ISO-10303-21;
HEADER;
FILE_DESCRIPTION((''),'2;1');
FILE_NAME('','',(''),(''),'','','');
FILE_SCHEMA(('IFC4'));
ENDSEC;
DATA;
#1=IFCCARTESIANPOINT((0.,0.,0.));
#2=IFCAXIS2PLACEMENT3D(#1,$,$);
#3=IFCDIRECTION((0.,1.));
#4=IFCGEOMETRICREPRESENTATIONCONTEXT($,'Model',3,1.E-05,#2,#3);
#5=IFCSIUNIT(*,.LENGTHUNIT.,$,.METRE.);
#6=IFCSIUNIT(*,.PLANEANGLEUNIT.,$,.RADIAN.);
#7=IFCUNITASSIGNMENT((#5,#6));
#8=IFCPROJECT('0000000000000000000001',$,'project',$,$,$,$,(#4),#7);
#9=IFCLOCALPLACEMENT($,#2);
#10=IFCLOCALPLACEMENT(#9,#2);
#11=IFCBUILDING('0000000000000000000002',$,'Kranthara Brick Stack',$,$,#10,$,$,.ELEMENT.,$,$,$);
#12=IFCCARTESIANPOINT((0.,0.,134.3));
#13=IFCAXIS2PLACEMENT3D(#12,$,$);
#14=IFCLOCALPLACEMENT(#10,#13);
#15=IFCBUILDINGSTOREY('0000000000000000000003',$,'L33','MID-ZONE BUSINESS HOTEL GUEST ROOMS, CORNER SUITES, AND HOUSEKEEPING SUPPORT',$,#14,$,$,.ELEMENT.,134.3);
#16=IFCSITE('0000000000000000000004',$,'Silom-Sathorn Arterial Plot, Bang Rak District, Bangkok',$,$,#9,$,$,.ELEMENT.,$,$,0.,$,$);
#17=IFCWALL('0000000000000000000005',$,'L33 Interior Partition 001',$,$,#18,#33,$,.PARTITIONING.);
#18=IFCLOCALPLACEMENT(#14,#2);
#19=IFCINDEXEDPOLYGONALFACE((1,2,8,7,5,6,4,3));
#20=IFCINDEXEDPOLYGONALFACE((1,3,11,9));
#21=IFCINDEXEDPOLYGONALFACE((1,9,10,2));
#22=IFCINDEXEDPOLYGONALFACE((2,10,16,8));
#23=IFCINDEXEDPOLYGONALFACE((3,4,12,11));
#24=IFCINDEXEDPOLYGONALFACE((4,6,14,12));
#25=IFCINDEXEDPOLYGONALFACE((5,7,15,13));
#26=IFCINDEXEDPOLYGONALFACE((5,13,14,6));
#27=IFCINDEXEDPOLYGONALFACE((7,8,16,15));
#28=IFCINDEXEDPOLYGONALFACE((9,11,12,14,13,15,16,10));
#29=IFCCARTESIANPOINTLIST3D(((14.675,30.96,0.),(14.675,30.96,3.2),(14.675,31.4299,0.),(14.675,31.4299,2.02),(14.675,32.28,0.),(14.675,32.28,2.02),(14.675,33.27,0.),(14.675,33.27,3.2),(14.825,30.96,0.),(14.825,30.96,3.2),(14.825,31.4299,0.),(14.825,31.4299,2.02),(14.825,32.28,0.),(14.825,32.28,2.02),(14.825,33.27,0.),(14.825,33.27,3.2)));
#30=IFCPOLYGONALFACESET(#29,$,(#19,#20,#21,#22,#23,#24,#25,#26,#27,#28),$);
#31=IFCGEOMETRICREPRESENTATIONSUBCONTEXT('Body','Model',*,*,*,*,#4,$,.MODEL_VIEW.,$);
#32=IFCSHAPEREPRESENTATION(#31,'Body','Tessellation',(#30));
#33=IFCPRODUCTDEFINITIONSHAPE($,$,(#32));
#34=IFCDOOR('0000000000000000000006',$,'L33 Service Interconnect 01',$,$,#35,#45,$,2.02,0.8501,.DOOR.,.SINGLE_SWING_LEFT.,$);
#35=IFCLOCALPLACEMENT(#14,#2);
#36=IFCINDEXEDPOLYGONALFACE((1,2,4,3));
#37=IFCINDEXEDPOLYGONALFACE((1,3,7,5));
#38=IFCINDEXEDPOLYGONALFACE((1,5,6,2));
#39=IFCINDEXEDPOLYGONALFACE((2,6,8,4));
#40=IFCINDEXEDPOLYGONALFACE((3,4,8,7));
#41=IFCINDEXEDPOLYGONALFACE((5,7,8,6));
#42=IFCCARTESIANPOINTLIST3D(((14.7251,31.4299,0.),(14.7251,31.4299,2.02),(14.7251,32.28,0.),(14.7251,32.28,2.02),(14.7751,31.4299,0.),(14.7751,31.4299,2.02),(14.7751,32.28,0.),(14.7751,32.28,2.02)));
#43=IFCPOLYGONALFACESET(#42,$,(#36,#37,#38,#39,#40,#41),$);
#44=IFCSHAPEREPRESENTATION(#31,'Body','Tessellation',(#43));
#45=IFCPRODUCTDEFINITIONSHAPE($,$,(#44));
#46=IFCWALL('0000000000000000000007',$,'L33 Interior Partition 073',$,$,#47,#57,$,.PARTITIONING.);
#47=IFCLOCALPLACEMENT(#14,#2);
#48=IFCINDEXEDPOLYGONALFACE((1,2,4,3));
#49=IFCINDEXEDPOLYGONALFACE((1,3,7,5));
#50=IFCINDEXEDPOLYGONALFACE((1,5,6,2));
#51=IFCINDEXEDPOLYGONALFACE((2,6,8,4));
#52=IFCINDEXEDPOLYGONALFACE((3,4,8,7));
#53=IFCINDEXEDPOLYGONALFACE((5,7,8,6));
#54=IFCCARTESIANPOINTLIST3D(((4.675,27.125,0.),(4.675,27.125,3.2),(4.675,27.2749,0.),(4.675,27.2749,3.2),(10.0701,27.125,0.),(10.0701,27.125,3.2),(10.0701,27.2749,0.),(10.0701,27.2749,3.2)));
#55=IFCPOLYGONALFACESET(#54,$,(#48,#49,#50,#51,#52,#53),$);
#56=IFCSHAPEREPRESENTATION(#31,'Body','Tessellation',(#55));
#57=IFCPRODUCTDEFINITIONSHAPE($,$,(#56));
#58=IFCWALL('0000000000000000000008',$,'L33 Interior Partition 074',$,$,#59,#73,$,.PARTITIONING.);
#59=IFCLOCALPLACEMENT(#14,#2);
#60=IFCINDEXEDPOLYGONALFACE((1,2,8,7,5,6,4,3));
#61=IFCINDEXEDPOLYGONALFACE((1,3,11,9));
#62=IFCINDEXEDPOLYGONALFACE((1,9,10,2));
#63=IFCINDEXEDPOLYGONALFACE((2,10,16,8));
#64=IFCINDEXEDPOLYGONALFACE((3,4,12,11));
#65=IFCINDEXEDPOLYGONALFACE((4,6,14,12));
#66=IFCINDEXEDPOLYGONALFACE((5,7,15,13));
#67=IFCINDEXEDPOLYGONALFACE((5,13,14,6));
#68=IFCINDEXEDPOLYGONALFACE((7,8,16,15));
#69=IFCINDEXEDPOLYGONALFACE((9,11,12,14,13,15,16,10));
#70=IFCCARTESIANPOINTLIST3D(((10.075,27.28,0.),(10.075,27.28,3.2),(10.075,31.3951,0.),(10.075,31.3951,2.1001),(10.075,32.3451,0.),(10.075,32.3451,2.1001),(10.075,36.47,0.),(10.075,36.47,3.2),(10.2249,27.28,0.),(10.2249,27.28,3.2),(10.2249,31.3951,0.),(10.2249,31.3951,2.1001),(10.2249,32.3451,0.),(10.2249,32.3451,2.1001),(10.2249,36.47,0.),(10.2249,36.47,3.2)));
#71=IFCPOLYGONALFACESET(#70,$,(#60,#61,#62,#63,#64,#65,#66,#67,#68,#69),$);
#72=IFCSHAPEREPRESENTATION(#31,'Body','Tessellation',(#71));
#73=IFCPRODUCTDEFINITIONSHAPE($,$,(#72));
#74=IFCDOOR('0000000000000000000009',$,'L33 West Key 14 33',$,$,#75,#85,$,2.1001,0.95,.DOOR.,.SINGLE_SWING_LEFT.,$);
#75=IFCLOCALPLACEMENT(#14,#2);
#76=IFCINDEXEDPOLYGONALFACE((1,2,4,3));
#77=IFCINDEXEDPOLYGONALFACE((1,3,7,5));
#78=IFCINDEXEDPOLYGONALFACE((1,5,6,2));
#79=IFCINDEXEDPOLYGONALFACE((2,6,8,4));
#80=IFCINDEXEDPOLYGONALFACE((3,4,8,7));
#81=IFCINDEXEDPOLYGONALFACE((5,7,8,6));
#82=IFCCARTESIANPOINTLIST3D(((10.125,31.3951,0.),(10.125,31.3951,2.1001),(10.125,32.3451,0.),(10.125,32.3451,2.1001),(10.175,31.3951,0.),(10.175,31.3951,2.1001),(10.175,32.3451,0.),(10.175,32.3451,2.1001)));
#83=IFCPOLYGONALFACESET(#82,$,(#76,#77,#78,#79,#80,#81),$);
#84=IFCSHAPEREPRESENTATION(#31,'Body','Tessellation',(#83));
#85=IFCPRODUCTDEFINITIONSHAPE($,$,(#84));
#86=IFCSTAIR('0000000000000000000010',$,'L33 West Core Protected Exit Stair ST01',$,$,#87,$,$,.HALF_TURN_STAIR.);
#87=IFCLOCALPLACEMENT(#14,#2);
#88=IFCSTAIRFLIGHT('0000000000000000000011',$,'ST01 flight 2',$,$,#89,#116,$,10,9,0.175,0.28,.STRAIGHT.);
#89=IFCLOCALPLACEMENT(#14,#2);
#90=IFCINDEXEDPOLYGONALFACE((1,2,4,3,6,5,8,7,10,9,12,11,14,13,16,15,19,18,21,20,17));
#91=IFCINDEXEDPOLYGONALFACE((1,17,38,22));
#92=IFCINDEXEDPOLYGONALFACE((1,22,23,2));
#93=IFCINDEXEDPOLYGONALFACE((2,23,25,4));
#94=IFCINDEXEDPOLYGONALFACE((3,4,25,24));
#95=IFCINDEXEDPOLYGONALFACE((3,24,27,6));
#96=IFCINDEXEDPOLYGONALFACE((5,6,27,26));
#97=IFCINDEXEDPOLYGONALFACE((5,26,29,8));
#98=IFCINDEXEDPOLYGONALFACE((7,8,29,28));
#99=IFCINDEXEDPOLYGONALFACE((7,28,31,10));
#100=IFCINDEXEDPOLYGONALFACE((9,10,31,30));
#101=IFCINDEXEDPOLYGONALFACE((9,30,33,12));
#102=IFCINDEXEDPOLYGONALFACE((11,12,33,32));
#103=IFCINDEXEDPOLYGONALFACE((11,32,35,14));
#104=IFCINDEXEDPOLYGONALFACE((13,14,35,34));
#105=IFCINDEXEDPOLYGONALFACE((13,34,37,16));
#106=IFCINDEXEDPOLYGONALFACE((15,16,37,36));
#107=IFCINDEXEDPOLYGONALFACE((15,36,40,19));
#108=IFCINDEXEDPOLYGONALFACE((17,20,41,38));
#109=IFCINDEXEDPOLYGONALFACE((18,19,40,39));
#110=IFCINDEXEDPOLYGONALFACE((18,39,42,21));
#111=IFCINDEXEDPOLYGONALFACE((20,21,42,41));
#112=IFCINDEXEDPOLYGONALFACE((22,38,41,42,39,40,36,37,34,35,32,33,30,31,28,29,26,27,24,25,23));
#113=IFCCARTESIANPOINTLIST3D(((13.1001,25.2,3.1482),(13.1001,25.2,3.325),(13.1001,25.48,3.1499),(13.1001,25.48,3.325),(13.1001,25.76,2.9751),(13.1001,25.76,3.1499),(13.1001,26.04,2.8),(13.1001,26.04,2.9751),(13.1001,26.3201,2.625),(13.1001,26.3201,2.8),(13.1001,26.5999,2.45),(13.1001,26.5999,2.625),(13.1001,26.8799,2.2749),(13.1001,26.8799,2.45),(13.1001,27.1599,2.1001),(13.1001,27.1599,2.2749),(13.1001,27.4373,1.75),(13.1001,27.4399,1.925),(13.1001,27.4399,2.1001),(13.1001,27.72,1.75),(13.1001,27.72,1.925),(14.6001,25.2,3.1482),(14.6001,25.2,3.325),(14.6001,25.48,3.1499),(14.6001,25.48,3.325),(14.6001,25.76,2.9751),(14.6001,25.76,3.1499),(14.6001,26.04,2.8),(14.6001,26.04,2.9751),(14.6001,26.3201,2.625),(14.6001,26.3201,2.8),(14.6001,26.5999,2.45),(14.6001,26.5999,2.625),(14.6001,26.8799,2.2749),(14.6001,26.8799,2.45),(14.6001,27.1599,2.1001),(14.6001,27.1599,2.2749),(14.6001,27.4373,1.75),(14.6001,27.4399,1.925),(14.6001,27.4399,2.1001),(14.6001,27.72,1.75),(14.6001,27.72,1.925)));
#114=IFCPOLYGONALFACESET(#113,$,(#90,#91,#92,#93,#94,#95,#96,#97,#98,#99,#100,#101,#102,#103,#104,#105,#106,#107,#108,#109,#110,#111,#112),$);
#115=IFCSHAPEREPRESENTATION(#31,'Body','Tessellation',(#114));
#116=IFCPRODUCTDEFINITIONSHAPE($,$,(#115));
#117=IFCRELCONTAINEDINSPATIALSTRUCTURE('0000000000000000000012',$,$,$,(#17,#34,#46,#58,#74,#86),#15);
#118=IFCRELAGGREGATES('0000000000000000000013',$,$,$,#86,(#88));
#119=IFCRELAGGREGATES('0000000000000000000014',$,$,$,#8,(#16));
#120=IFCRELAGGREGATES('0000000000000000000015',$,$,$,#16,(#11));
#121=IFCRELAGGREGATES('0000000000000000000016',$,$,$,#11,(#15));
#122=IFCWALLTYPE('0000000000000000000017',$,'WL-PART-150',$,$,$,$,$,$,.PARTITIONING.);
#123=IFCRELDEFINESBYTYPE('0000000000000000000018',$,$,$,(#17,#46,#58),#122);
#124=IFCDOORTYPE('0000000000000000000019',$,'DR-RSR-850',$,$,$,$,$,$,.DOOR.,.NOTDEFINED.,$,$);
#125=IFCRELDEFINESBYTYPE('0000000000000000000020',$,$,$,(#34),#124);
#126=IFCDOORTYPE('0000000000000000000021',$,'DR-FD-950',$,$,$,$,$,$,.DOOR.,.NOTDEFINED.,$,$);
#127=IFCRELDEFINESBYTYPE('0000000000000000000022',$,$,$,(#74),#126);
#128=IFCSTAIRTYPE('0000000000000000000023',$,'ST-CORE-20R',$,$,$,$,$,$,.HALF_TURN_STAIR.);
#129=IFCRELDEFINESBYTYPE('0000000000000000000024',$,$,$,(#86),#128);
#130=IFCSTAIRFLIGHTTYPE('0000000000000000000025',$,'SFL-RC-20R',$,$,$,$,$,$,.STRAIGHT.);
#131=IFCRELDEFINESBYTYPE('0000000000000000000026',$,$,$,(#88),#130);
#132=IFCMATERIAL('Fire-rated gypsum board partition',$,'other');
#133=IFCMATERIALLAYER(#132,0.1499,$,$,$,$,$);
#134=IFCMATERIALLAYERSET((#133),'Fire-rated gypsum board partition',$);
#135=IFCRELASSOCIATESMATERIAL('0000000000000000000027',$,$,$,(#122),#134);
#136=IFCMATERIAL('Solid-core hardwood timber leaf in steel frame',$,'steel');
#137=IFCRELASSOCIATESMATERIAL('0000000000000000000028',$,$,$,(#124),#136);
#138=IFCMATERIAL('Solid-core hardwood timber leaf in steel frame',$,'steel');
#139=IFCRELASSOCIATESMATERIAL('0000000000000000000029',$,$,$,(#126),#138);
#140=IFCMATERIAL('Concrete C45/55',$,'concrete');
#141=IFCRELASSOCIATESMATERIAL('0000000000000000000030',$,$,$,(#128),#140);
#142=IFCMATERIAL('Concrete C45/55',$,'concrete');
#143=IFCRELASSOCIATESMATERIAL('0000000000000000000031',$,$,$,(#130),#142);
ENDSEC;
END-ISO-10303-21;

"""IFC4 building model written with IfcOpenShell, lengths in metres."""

from ifc_helpers import new_model, si_unit, direction, frame, frame_2d, origin, place, context, subcontext, project, spatial, polyline, rectangle, outline, extrude, material, layer, layer_set, type_object, element, fill, aggregate, save


model = new_model("IFC4")

# Units and contexts
model_context = context("Model", 3, precision=1e-05, world=origin(), true_north=direction((0.0, 1.0)))
body_context = subcontext(model_context, "Body", "Model", "MODEL_VIEW")
ifc_project = project(units=[si_unit("LENGTHUNIT", "METRE"), si_unit("PLANEANGLEUNIT", "RADIAN")], contexts=[model_context])

# Site, building, storey
site_placement = place(None, origin())
site = spatial("IfcSite", under=ifc_project, at=site_placement, Name="Silom-Sathorn Arterial Plot, Bang Rak District, Bangkok", CompositionType="ELEMENT", RefElevation=0.0)
building_placement = place(site_placement, origin())
building = spatial("IfcBuilding", under=site, at=building_placement, Name="Kranthara Brick Stack", CompositionType="ELEMENT")
storey_placement = place(building_placement, frame((0.0, 0.0, 134.3)))
storey = spatial("IfcBuildingStorey", under=building, at=storey_placement, Name="L33", Description="MID-ZONE BUSINESS HOTEL GUEST ROOMS, CORNER SUITES, AND HOUSEKEEPING SUPPORT", CompositionType="ELEMENT", Elevation=134.3)

# Wall, opening, door
ifc_material_1 = material(Name="Fire-rated gypsum board partition", Category="other")
ifc_layer_1 = layer(ifc_material_1, 0.1499)
ifc_layer_set_1 = layer_set([ifc_layer_1], Name="Fire-rated gypsum board partition")
wall_type_1 = type_object("IfcWallType", Name="WL-PART-150", PredefinedType="PARTITIONING", material=ifc_layer_set_1)
wall_1_placement = place(storey_placement, frame((14.75, 30.96, 0.0), z_axis=(0.0, 0.0, 1.0), x_axis=(0.0, 1.0, 0.0)))
wall_1 = element("IfcWall", 1, at=wall_1_placement, inside=storey, type_object=wall_type_1, Name="L33 Interior Partition 001", PredefinedType="PARTITIONING", context=body_context, shape_type="SweptSolid", body=[
    extrude(rectangle(XDim=2.3101, YDim=0.1499, at=frame_2d((1.155, 0.0))), origin(), (0.0, 0.0, 1.0), 3.2),
])
opening_1_placement = place(wall_1_placement, frame((0.47, 0.0, 0.0)))
opening_1 = element("IfcOpeningElement", 2, at=opening_1_placement, cuts=wall_1, PredefinedType="OPENING", context=body_context, shape_type="SweptSolid", body=[
    extrude(rectangle(XDim=0.8501, YDim=2.02, at=frame_2d((0.425, 1.01))), frame((0.0, 0.085, 0.0), z_axis=(0.0, -1.0, 0.0), x_axis=(1.0, 0.0, 0.0)), (0.0, 0.0, 1.0), 0.1699),
])
ifc_material_2 = material(Name="Solid-core hardwood timber leaf in steel frame", Category="steel")
door_type_1 = type_object("IfcDoorType", Name="DR-RSR-850", OperationType="NOTDEFINED", PredefinedType="DOOR", material=ifc_material_2)
door_1_placement = place(opening_1_placement, origin())
door_1 = element("IfcDoor", 3, at=door_1_placement, inside=storey, type_object=door_type_1, Name="L33 Service Interconnect 01", OperationType="SINGLE_SWING_LEFT", OverallHeight=2.02, OverallWidth=0.8501, PredefinedType="DOOR", context=body_context, shape_type="SweptSolid", body=[
    extrude(rectangle(XDim=0.8501, YDim=2.02, at=frame_2d((0.425, 1.01))), frame((0.0, 0.0249, 0.0), z_axis=(0.0, -1.0, 0.0), x_axis=(1.0, 0.0, 0.0)), (0.0, 0.0, 1.0), 0.05),
])
fill(opening_1, door_1)

# Wall
wall_2_placement = place(storey_placement, frame((4.675, 27.2, 0.0), z_axis=(0.0, 0.0, 1.0), x_axis=(1.0, 0.0, 0.0)))
element("IfcWall", 4, at=wall_2_placement, inside=storey, type_object=wall_type_1, Name="L33 Interior Partition 073", PredefinedType="PARTITIONING", context=body_context, shape_type="SweptSolid", body=[
    extrude(rectangle(XDim=5.395, YDim=0.1499, at=frame_2d((2.6975, 0.0))), origin(), (0.0, 0.0, 1.0), 3.2),
])

# Wall, opening, door
wall_3_placement = place(storey_placement, frame((10.1499, 27.28, 0.0), z_axis=(0.0, 0.0, 1.0), x_axis=(0.0, 1.0, 0.0)))
wall_3 = element("IfcWall", 5, at=wall_3_placement, inside=storey, type_object=wall_type_1, Name="L33 Interior Partition 074", PredefinedType="PARTITIONING", context=body_context, shape_type="SweptSolid", body=[
    extrude(rectangle(XDim=9.1899, YDim=0.1499, at=frame_2d((4.595, 0.0))), origin(), (0.0, 0.0, 1.0), 3.2),
])
opening_2_placement = place(wall_3_placement, frame((4.115, 0.0, 0.0)))
opening_2 = element("IfcOpeningElement", 6, at=opening_2_placement, cuts=wall_3, PredefinedType="OPENING", context=body_context, shape_type="SweptSolid", body=[
    extrude(rectangle(XDim=0.95, YDim=2.1001, at=frame_2d((0.4751, 1.05))), frame((0.0, 0.085, 0.0), z_axis=(0.0, -1.0, 0.0), x_axis=(1.0, 0.0, 0.0)), (0.0, 0.0, 1.0), 0.1699),
])
ifc_material_3 = material(Name="Solid-core hardwood timber leaf in steel frame", Category="steel")
door_type_2 = type_object("IfcDoorType", Name="DR-FD-950", OperationType="NOTDEFINED", PredefinedType="DOOR", material=ifc_material_3)
door_2_placement = place(opening_2_placement, origin())
door_2 = element("IfcDoor", 7, at=door_2_placement, inside=storey, type_object=door_type_2, Name="L33 West Key 14 33", OperationType="SINGLE_SWING_LEFT", OverallHeight=2.1001, OverallWidth=0.95, PredefinedType="DOOR", context=body_context, shape_type="SweptSolid", body=[
    extrude(rectangle(XDim=0.95, YDim=2.1001, at=frame_2d((0.4751, 1.05))), frame((0.0, 0.0249, 0.0), z_axis=(0.0, -1.0, 0.0), x_axis=(1.0, 0.0, 0.0)), (0.0, 0.0, 1.0), 0.05),
])
fill(opening_2, door_2)

# Stair, stair flight
ifc_material_4 = material(Name="Concrete C45/55", Category="concrete")
stair_type = type_object("IfcStairType", Name="ST-CORE-20R", PredefinedType="HALF_TURN_STAIR", material=ifc_material_4)
stair_placement = place(storey_placement, origin())
stair = element("IfcStair", 8, at=stair_placement, inside=storey, type_object=stair_type, Name="L33 West Core Protected Exit Stair ST01", PredefinedType="HALF_TURN_STAIR")
ifc_material_5 = material(Name="Concrete C45/55", Category="concrete")
stair_flight_type = type_object("IfcStairFlightType", Name="SFL-RC-20R", PredefinedType="STRAIGHT", material=ifc_material_5)
stair_flight_placement = place(storey_placement, frame((13.8501, 27.72, 1.75), z_axis=(0.0, 0.0, 1.0), x_axis=(0.0, -1.0, 0.0)))
stair_flight = element("IfcStairFlight", 9, at=stair_flight_placement, type_object=stair_flight_type, Name="ST01 flight 2", NumberOfRisers=10, NumberOfTreads=9, PredefinedType="STRAIGHT", RiserHeight=0.175, TreadLength=0.28, context=body_context, shape_type="SweptSolid", body=[
    extrude(outline(polyline([(0.0, 0.0), (0.0, 0.175), (0.28, 0.175), (0.28, 0.3501), (0.5601, 0.3501), (0.5601, 0.5249), (0.8401, 0.5249), (0.8401, 0.7), (1.1201, 0.7), (1.1201, 0.875), (1.3999, 0.875), (1.3999, 1.05), (1.6799, 1.05), (1.6799, 1.2251), (1.96, 1.2251), (1.96, 1.3999), (2.24, 1.3999), (2.24, 1.575), (2.52, 1.575), (2.52, 1.75), (2.52, 1.3982), (0.2827, 0.0), (0.0, 0.0)])), frame((0.0, 0.75, 0.0), z_axis=(0.0, -1.0, 0.0), x_axis=(1.0, 0.0, 0.0)), (0.0, 0.0, 1.0), 1.5),
])
aggregate(stair, [stair_flight])

save(model, "model.ifc")
